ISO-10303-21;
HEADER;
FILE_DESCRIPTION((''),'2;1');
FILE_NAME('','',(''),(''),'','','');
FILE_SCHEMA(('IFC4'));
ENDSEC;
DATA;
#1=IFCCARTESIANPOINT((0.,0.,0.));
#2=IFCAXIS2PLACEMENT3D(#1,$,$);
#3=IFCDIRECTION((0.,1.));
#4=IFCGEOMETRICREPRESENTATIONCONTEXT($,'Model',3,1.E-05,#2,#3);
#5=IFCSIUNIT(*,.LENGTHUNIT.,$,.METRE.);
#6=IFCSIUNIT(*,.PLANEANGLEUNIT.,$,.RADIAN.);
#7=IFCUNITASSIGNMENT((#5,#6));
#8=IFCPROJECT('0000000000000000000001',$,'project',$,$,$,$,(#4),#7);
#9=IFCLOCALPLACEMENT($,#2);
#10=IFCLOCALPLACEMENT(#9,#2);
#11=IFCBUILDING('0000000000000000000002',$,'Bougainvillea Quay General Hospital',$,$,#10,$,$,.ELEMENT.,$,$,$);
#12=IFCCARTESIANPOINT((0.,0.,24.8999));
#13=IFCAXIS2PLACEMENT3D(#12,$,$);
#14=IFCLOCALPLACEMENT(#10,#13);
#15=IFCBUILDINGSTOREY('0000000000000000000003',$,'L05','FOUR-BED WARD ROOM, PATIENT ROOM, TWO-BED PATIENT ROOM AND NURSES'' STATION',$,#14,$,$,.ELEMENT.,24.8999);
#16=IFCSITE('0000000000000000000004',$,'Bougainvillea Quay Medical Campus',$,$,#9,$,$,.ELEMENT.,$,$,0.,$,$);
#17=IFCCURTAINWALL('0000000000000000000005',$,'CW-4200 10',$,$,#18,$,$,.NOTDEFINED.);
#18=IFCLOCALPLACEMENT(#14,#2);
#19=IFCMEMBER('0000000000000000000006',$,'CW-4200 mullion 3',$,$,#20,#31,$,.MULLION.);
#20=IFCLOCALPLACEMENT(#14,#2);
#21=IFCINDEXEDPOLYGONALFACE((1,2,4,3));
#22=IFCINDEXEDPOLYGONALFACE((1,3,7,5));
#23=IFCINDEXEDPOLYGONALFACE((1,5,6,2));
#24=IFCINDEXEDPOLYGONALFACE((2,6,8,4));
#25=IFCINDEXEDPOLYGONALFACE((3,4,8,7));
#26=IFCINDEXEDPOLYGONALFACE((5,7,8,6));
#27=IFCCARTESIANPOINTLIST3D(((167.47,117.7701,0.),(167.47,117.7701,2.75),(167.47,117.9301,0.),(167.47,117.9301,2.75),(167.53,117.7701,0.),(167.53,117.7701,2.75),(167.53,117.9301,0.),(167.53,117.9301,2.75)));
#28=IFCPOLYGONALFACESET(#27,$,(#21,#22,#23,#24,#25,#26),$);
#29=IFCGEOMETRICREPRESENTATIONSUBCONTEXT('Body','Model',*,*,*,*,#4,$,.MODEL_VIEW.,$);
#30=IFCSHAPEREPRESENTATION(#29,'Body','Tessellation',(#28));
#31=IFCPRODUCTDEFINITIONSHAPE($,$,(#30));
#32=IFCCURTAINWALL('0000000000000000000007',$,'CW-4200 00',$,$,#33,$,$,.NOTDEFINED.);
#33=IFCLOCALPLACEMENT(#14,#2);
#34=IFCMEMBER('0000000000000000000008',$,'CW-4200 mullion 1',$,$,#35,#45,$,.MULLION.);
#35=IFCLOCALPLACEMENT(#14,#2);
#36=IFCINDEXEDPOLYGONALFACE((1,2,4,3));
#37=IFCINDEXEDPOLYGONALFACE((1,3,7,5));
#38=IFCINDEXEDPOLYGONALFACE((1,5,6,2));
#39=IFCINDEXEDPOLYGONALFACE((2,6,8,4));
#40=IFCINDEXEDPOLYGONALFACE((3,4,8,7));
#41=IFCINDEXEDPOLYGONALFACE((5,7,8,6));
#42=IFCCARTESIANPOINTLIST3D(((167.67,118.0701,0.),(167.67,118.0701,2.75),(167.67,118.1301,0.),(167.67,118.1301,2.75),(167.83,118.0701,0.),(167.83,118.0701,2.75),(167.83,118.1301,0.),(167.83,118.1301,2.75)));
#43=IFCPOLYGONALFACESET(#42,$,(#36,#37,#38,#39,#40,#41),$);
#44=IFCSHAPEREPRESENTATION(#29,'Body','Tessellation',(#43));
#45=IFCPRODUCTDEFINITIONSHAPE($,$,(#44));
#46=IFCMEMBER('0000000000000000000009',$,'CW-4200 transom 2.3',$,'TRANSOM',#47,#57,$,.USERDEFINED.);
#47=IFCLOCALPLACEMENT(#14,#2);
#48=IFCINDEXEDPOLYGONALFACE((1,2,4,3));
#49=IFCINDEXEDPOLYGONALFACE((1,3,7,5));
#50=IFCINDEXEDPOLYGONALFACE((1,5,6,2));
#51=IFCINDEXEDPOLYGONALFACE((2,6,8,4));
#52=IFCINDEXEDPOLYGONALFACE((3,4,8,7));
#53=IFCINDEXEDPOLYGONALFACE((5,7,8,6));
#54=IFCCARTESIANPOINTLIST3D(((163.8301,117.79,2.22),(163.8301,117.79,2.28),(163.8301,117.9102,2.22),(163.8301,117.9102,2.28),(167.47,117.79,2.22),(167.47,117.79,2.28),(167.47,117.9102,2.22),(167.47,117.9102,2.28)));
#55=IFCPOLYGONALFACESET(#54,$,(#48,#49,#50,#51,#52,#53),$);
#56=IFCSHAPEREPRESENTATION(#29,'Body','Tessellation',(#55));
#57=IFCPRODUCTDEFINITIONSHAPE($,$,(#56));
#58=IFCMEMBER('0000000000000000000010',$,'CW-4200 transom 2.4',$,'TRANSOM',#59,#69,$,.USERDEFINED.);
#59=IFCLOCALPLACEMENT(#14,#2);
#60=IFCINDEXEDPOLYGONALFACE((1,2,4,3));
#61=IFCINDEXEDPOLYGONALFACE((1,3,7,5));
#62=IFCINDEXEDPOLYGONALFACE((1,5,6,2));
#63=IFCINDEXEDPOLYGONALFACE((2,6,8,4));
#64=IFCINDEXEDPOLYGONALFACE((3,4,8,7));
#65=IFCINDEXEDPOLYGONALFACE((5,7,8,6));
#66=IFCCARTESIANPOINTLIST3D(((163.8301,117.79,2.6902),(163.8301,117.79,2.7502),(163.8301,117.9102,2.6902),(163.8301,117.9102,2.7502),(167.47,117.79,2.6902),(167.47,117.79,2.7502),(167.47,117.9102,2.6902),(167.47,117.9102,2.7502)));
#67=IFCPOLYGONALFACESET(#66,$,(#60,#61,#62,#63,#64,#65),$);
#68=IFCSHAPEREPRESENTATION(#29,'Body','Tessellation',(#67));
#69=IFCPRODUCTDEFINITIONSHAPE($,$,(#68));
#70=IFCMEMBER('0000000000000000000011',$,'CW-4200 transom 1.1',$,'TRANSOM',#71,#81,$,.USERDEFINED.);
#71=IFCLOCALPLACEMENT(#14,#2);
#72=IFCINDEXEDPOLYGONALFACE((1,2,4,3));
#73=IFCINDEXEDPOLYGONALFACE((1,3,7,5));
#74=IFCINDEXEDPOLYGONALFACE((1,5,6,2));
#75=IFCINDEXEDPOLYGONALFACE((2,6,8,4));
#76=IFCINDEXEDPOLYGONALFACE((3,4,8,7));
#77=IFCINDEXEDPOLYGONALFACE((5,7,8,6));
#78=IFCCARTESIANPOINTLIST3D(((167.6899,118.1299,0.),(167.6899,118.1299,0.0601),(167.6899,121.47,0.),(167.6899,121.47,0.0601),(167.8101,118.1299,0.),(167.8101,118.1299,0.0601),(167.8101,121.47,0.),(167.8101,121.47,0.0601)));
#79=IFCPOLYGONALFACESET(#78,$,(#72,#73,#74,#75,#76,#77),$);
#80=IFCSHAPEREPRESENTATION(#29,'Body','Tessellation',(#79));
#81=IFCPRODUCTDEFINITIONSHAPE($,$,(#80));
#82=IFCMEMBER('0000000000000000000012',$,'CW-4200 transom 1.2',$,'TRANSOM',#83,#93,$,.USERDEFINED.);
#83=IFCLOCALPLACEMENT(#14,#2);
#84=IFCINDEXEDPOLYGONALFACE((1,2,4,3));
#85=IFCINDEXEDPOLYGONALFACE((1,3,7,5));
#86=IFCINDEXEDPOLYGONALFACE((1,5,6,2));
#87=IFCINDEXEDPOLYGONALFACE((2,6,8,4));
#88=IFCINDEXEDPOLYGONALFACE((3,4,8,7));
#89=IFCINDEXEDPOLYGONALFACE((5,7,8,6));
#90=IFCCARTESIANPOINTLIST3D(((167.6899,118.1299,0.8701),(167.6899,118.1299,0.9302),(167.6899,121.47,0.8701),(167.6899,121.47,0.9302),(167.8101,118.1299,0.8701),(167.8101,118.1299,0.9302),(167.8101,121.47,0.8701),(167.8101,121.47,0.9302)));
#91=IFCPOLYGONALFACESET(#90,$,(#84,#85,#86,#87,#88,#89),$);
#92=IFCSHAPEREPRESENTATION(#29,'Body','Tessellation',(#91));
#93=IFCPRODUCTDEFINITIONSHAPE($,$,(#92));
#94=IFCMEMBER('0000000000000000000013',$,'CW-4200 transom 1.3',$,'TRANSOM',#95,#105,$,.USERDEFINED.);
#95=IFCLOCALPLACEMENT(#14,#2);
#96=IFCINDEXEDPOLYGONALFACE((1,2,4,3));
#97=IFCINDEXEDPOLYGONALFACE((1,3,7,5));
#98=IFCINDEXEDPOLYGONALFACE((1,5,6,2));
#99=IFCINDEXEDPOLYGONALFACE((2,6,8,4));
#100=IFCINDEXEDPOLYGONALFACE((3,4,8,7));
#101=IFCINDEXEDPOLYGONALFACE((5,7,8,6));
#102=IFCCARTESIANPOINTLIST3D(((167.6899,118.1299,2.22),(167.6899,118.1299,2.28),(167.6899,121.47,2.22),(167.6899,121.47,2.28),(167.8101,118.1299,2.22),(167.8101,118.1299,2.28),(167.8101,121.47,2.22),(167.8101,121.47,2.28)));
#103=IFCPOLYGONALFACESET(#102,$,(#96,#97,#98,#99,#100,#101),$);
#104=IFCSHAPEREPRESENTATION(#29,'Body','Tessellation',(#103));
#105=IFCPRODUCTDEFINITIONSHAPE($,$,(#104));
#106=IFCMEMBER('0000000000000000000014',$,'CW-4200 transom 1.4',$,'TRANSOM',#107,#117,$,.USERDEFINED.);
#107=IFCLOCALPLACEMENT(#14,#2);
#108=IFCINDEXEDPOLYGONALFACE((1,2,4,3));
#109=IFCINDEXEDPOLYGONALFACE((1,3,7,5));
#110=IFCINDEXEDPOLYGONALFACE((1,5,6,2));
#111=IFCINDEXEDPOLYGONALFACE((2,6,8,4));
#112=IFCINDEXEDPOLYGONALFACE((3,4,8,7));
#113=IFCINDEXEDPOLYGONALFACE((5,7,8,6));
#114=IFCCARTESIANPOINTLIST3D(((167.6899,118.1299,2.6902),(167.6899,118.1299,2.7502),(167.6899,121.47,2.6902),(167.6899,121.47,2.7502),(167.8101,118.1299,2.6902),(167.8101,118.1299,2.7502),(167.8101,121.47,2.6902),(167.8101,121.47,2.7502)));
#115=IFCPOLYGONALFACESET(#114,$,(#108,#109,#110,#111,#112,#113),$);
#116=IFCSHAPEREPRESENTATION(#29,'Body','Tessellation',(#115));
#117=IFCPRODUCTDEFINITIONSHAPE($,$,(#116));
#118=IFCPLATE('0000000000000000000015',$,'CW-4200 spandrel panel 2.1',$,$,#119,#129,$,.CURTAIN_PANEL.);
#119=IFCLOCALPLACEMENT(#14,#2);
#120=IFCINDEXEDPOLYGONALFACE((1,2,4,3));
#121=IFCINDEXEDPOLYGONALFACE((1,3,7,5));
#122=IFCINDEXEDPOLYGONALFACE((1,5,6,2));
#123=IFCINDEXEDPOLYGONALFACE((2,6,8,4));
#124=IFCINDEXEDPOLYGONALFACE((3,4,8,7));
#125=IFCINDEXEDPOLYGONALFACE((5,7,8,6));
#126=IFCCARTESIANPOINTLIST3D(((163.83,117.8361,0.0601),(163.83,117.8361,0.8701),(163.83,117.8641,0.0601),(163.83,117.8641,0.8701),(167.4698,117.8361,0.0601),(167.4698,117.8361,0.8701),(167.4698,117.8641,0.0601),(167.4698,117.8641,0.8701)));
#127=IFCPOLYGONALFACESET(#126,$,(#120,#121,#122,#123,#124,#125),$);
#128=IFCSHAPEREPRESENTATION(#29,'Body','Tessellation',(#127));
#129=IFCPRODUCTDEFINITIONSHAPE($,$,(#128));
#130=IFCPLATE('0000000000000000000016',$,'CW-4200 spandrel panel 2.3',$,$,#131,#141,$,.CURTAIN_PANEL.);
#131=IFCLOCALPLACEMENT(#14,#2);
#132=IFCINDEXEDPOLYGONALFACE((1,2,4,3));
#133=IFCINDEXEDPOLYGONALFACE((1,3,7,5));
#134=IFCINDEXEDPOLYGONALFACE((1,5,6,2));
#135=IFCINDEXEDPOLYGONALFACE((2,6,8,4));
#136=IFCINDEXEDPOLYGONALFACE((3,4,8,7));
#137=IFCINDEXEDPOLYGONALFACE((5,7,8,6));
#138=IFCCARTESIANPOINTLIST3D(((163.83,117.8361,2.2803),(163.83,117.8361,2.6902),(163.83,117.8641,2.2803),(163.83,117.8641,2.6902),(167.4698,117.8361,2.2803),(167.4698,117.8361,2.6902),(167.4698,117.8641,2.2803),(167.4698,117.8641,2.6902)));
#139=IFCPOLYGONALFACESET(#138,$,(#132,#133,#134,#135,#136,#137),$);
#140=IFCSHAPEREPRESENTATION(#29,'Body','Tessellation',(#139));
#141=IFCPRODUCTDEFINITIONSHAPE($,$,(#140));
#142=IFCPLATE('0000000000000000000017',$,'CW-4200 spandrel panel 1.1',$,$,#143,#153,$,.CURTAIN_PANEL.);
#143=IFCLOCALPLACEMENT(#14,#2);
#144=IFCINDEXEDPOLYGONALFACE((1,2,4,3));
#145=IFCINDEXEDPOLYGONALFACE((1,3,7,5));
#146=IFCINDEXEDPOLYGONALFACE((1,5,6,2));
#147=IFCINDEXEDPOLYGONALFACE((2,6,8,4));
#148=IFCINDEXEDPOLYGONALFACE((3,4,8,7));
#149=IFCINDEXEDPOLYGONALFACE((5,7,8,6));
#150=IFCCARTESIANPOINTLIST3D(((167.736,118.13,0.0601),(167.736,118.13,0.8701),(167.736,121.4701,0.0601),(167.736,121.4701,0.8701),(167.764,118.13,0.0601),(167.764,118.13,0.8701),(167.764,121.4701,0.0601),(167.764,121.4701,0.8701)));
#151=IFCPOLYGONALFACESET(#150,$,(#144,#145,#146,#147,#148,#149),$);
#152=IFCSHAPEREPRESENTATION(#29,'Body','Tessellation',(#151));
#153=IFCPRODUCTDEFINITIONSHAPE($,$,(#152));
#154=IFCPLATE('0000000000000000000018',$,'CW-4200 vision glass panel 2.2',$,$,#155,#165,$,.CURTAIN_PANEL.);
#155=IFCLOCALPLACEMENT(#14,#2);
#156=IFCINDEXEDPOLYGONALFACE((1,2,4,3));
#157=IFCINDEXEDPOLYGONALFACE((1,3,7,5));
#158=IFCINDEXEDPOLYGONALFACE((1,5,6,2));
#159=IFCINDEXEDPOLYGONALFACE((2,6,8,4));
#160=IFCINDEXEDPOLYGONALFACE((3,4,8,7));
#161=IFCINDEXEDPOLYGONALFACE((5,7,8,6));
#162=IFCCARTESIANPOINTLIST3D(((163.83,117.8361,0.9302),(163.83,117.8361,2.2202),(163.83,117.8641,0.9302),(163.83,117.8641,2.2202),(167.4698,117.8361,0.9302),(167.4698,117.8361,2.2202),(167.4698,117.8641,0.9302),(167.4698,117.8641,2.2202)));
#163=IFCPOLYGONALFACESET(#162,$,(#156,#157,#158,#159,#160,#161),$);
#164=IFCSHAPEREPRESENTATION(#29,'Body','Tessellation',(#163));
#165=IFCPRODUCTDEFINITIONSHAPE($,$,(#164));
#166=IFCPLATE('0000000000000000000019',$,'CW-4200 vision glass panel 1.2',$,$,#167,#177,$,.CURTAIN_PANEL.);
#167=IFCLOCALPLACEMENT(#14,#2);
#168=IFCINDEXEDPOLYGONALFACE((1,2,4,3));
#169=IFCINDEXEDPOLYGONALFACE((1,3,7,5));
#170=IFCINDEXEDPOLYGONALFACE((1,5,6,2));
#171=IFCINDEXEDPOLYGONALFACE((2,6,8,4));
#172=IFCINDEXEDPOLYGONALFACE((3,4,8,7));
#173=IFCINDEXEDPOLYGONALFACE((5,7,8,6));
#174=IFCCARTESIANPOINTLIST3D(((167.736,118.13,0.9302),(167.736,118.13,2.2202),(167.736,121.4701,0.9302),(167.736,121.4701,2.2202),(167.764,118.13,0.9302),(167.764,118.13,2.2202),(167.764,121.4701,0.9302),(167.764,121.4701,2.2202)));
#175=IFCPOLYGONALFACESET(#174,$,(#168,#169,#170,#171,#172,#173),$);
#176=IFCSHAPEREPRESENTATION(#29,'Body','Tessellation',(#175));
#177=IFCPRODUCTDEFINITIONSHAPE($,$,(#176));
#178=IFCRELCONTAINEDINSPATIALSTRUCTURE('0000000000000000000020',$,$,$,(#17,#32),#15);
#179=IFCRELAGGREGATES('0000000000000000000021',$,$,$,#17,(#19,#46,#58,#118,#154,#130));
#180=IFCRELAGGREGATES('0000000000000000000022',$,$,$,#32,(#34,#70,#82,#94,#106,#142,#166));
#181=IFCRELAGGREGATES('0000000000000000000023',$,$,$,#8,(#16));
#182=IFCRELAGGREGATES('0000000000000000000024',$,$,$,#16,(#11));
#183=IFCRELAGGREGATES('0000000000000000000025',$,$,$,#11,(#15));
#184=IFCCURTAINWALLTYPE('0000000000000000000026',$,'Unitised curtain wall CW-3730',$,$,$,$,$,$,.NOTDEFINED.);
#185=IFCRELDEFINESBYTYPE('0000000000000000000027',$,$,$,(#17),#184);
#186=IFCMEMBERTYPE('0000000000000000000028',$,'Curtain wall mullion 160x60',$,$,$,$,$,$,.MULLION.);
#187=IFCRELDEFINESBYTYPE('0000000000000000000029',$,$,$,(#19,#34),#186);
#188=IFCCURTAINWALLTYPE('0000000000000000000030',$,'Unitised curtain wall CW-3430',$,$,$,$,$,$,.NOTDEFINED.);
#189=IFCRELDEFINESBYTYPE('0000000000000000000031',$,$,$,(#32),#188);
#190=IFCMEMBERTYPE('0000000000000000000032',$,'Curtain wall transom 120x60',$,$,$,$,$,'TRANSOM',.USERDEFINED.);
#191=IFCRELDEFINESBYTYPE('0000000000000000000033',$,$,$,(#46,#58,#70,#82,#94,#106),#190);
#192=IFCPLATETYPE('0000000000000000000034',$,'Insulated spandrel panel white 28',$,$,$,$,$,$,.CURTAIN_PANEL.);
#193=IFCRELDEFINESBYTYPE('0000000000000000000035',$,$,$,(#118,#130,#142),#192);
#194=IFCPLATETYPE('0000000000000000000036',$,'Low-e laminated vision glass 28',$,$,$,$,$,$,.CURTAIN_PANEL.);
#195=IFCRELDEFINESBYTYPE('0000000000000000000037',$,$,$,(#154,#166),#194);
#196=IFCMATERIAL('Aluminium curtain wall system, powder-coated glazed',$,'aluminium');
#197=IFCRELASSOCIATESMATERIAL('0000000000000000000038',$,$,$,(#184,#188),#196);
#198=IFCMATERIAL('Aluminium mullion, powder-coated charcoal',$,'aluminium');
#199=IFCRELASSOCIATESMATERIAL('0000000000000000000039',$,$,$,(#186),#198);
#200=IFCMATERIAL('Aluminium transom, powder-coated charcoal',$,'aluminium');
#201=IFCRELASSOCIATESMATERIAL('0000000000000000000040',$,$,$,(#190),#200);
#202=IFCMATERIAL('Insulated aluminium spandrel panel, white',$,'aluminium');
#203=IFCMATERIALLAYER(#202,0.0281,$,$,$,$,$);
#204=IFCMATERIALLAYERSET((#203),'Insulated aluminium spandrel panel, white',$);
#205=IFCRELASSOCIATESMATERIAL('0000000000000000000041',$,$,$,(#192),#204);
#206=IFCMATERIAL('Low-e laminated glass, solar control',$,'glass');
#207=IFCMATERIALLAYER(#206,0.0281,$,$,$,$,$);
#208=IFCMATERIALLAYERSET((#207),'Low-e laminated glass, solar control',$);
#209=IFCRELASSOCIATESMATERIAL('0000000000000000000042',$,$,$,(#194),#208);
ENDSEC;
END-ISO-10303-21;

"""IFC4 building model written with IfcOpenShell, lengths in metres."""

from ifc_helpers import new_model, si_unit, direction, frame, origin, origin_2d, place, context, subcontext, project, spatial, rectangle, extrude, material, layer, layer_set, material_profile, profile_set, type_object, element, aggregate, save


model = new_model("IFC4")

# Units and contexts
model_context = context("Model", 3, precision=1e-05, world=origin(), true_north=direction((0.0, 1.0)))
body_context = subcontext(model_context, "Body", "Model", "MODEL_VIEW")
ifc_project = project(units=[si_unit("LENGTHUNIT", "METRE"), si_unit("PLANEANGLEUNIT", "RADIAN")], contexts=[model_context])

# Site, building, storey
site_placement = place(None, origin())
site = spatial("IfcSite", under=ifc_project, at=site_placement, Name="Bougainvillea Quay Medical Campus", CompositionType="ELEMENT", RefElevation=0.0)
building_placement = place(site_placement, origin())
building = spatial("IfcBuilding", under=site, at=building_placement, Name="Bougainvillea Quay General Hospital", CompositionType="ELEMENT")
storey_placement = place(building_placement, frame((0.0, 0.0, 24.8999)))
storey = spatial("IfcBuildingStorey", under=building, at=storey_placement, Name="L05", Description="FOUR-BED WARD ROOM, PATIENT ROOM, TWO-BED PATIENT ROOM AND NURSES' STATION", CompositionType="ELEMENT", Elevation=24.8999)

# Curtain walls, members
ifc_material_1 = material(Name="Aluminium curtain wall system, powder-coated glazed", Category="aluminium")
curtain_wall_type_1 = type_object("IfcCurtainWallType", Name="Unitised curtain wall CW-3730", PredefinedType="NOTDEFINED", material=ifc_material_1)
curtain_wall_1_placement = place(storey_placement, origin())
curtain_wall_1 = element("IfcCurtainWall", 1, at=curtain_wall_1_placement, inside=storey, type_object=curtain_wall_type_1, Name="CW-4200 10", PredefinedType="NOTDEFINED")
ifc_material_2 = material(Name="Aluminium mullion, powder-coated charcoal", Category="aluminium")
ifc_material_profile_1 = material_profile(ifc_material_2, rectangle(XDim=0.1599, YDim=0.0601, at=origin_2d()))
ifc_profile_set_1 = profile_set([ifc_material_profile_1], Name="Aluminium mullion, powder-coated charcoal")
member_type_1 = type_object("IfcMemberType", Name="Curtain wall mullion 160x60", PredefinedType="MULLION", material=ifc_profile_set_1)
member_1_placement = place(storey_placement, frame((167.5, 117.8501, 0.0), z_axis=(0.0, 0.0, 1.0), x_axis=(0.0, 1.0, 0.0)))
member_1 = element("IfcMember", 2, at=member_1_placement, type_object=member_type_1, Name="CW-4200 mullion 3", PredefinedType="MULLION", context=body_context, shape_type="SweptSolid", body=[
    extrude(rectangle(XDim=0.1599, YDim=0.0601, at=origin_2d()), origin(), (0.0, 0.0, 1.0), 2.75),
])
curtain_wall_type_2 = type_object("IfcCurtainWallType", Name="Unitised curtain wall CW-3430", PredefinedType="NOTDEFINED", material=ifc_material_1)
curtain_wall_2_placement = place(storey_placement, origin())
curtain_wall_2 = element("IfcCurtainWall", 3, at=curtain_wall_2_placement, inside=storey, type_object=curtain_wall_type_2, Name="CW-4200 00", PredefinedType="NOTDEFINED")
member_2_placement = place(storey_placement, frame((167.75, 118.1001, 0.0), z_axis=(0.0, 0.0, 1.0), x_axis=(-1.0, 0.0, 0.0)))
member_2 = element("IfcMember", 4, at=member_2_placement, type_object=member_type_1, Name="CW-4200 mullion 1", PredefinedType="MULLION", context=body_context, shape_type="SweptSolid", body=[
    extrude(rectangle(XDim=0.1599, YDim=0.0601, at=origin_2d()), origin(), (0.0, 0.0, 1.0), 2.75),
])

# Members
ifc_material_3 = material(Name="Aluminium transom, powder-coated charcoal", Category="aluminium")
ifc_material_profile_2 = material_profile(ifc_material_3, rectangle(XDim=0.1201, YDim=0.0601, at=origin_2d()))
ifc_profile_set_2 = profile_set([ifc_material_profile_2], Name="Aluminium transom, powder-coated charcoal")
member_type_2 = type_object("IfcMemberType", Name="Curtain wall transom 120x60", ElementType="TRANSOM", PredefinedType="USERDEFINED", material=ifc_profile_set_2)
member_3_placement = place(storey_placement, frame((163.8301, 117.8501, 2.25), z_axis=(1.0, 0.0, 0.0), x_axis=(0.0, 1.0, 0.0)))
member_3 = element("IfcMember", 5, at=member_3_placement, type_object=member_type_2, Name="CW-4200 transom 2.3", ObjectType="TRANSOM", PredefinedType="USERDEFINED", context=body_context, shape_type="SweptSolid", body=[
    extrude(rectangle(XDim=0.1201, YDim=0.0601, at=origin_2d()), origin(), (0.0, 0.0, 1.0), 3.6399),
])
member_4_placement = place(storey_placement, frame((163.8301, 117.8501, 2.7202), z_axis=(1.0, 0.0, 0.0), x_axis=(0.0, 1.0, 0.0)))
member_4 = element("IfcMember", 6, at=member_4_placement, type_object=member_type_2, Name="CW-4200 transom 2.4", ObjectType="TRANSOM", PredefinedType="USERDEFINED", context=body_context, shape_type="SweptSolid", body=[
    extrude(rectangle(XDim=0.1201, YDim=0.0601, at=origin_2d()), origin(), (0.0, 0.0, 1.0), 3.6399),
])
member_5_placement = place(storey_placement, frame((167.75, 118.1299, 0.03), z_axis=(0.0, 1.0, 0.0), x_axis=(-1.0, 0.0, 0.0)))
member_5 = element("IfcMember", 7, at=member_5_placement, type_object=member_type_2, Name="CW-4200 transom 1.1", ObjectType="TRANSOM", PredefinedType="USERDEFINED", context=body_context, shape_type="SweptSolid", body=[
    extrude(rectangle(XDim=0.1201, YDim=0.0601, at=origin_2d()), origin(), (0.0, 0.0, 1.0), 3.3401),
])
member_6_placement = place(storey_placement, frame((167.75, 118.1299, 0.9001), z_axis=(0.0, 1.0, 0.0), x_axis=(-1.0, 0.0, 0.0)))
member_6 = element("IfcMember", 8, at=member_6_placement, type_object=member_type_2, Name="CW-4200 transom 1.2", ObjectType="TRANSOM", PredefinedType="USERDEFINED", context=body_context, shape_type="SweptSolid", body=[
    extrude(rectangle(XDim=0.1201, YDim=0.0601, at=origin_2d()), origin(), (0.0, 0.0, 1.0), 3.3401),
])
member_7_placement = place(storey_placement, frame((167.75, 118.1299, 2.25), z_axis=(0.0, 1.0, 0.0), x_axis=(-1.0, 0.0, 0.0)))
member_7 = element("IfcMember", 9, at=member_7_placement, type_object=member_type_2, Name="CW-4200 transom 1.3", ObjectType="TRANSOM", PredefinedType="USERDEFINED", context=body_context, shape_type="SweptSolid", body=[
    extrude(rectangle(XDim=0.1201, YDim=0.0601, at=origin_2d()), origin(), (0.0, 0.0, 1.0), 3.3401),
])
member_8_placement = place(storey_placement, frame((167.75, 118.1299, 2.7202), z_axis=(0.0, 1.0, 0.0), x_axis=(-1.0, 0.0, 0.0)))
member_8 = element("IfcMember", 10, at=member_8_placement, type_object=member_type_2, Name="CW-4200 transom 1.4", ObjectType="TRANSOM", PredefinedType="USERDEFINED", context=body_context, shape_type="SweptSolid", body=[
    extrude(rectangle(XDim=0.1201, YDim=0.0601, at=origin_2d()), origin(), (0.0, 0.0, 1.0), 3.3401),
])

# Plates
ifc_material_4 = material(Name="Insulated aluminium spandrel panel, white", Category="aluminium")
ifc_layer_1 = layer(ifc_material_4, 0.0281)
ifc_layer_set_1 = layer_set([ifc_layer_1], Name="Insulated aluminium spandrel panel, white")
plate_type_1 = type_object("IfcPlateType", Name="Insulated spandrel panel white 28", PredefinedType="CURTAIN_PANEL", material=ifc_layer_set_1)
plate_1_placement = place(storey_placement, frame((165.6499, 117.8501, 0.0601), z_axis=(0.0, 0.0, 1.0), x_axis=(1.0, 0.0, 0.0)))
plate_1 = element("IfcPlate", 11, at=plate_1_placement, type_object=plate_type_1, Name="CW-4200 spandrel panel 2.1", PredefinedType="CURTAIN_PANEL", context=body_context, shape_type="SweptSolid", body=[
    extrude(rectangle(XDim=3.6399, YDim=0.0281, at=origin_2d()), origin(), (0.0, 0.0, 1.0), 0.8101),
])
plate_2_placement = place(storey_placement, frame((165.6499, 117.8501, 2.2803), z_axis=(0.0, 0.0, 1.0), x_axis=(1.0, 0.0, 0.0)))
plate_2 = element("IfcPlate", 12, at=plate_2_placement, type_object=plate_type_1, Name="CW-4200 spandrel panel 2.3", PredefinedType="CURTAIN_PANEL", context=body_context, shape_type="SweptSolid", body=[
    extrude(rectangle(XDim=3.6399, YDim=0.0281, at=origin_2d()), origin(), (0.0, 0.0, 1.0), 0.4099),
])
plate_3_placement = place(storey_placement, frame((167.75, 119.8, 0.0601), z_axis=(0.0, 0.0, 1.0), x_axis=(0.0, 1.0, 0.0)))
plate_3 = element("IfcPlate", 13, at=plate_3_placement, type_object=plate_type_1, Name="CW-4200 spandrel panel 1.1", PredefinedType="CURTAIN_PANEL", context=body_context, shape_type="SweptSolid", body=[
    extrude(rectangle(XDim=3.3401, YDim=0.0281, at=origin_2d()), origin(), (0.0, 0.0, 1.0), 0.8101),
])
ifc_material_5 = material(Name="Low-e laminated glass, solar control", Category="glass")
ifc_layer_2 = layer(ifc_material_5, 0.0281)
ifc_layer_set_2 = layer_set([ifc_layer_2], Name="Low-e laminated glass, solar control")
plate_type_2 = type_object("IfcPlateType", Name="Low-e laminated vision glass 28", PredefinedType="CURTAIN_PANEL", material=ifc_layer_set_2)
plate_4_placement = place(storey_placement, frame((165.6499, 117.8501, 0.9302), z_axis=(0.0, 0.0, 1.0), x_axis=(1.0, 0.0, 0.0)))
plate_4 = element("IfcPlate", 14, at=plate_4_placement, type_object=plate_type_2, Name="CW-4200 vision glass panel 2.2", PredefinedType="CURTAIN_PANEL", context=body_context, shape_type="SweptSolid", body=[
    extrude(rectangle(XDim=3.6399, YDim=0.0281, at=origin_2d()), origin(), (0.0, 0.0, 1.0), 1.29),
])
aggregate(curtain_wall_1, [member_1, member_3, member_4, plate_1, plate_4, plate_2])
plate_5_placement = place(storey_placement, frame((167.75, 119.8, 0.9302), z_axis=(0.0, 0.0, 1.0), x_axis=(0.0, 1.0, 0.0)))
plate_5 = element("IfcPlate", 15, at=plate_5_placement, type_object=plate_type_2, Name="CW-4200 vision glass panel 1.2", PredefinedType="CURTAIN_PANEL", context=body_context, shape_type="SweptSolid", body=[
    extrude(rectangle(XDim=3.3401, YDim=0.0281, at=origin_2d()), origin(), (0.0, 0.0, 1.0), 1.29),
])
aggregate(curtain_wall_2, [member_2, member_5, member_6, member_7, member_8, plate_3, plate_5])

save(model, "model.ifc")
